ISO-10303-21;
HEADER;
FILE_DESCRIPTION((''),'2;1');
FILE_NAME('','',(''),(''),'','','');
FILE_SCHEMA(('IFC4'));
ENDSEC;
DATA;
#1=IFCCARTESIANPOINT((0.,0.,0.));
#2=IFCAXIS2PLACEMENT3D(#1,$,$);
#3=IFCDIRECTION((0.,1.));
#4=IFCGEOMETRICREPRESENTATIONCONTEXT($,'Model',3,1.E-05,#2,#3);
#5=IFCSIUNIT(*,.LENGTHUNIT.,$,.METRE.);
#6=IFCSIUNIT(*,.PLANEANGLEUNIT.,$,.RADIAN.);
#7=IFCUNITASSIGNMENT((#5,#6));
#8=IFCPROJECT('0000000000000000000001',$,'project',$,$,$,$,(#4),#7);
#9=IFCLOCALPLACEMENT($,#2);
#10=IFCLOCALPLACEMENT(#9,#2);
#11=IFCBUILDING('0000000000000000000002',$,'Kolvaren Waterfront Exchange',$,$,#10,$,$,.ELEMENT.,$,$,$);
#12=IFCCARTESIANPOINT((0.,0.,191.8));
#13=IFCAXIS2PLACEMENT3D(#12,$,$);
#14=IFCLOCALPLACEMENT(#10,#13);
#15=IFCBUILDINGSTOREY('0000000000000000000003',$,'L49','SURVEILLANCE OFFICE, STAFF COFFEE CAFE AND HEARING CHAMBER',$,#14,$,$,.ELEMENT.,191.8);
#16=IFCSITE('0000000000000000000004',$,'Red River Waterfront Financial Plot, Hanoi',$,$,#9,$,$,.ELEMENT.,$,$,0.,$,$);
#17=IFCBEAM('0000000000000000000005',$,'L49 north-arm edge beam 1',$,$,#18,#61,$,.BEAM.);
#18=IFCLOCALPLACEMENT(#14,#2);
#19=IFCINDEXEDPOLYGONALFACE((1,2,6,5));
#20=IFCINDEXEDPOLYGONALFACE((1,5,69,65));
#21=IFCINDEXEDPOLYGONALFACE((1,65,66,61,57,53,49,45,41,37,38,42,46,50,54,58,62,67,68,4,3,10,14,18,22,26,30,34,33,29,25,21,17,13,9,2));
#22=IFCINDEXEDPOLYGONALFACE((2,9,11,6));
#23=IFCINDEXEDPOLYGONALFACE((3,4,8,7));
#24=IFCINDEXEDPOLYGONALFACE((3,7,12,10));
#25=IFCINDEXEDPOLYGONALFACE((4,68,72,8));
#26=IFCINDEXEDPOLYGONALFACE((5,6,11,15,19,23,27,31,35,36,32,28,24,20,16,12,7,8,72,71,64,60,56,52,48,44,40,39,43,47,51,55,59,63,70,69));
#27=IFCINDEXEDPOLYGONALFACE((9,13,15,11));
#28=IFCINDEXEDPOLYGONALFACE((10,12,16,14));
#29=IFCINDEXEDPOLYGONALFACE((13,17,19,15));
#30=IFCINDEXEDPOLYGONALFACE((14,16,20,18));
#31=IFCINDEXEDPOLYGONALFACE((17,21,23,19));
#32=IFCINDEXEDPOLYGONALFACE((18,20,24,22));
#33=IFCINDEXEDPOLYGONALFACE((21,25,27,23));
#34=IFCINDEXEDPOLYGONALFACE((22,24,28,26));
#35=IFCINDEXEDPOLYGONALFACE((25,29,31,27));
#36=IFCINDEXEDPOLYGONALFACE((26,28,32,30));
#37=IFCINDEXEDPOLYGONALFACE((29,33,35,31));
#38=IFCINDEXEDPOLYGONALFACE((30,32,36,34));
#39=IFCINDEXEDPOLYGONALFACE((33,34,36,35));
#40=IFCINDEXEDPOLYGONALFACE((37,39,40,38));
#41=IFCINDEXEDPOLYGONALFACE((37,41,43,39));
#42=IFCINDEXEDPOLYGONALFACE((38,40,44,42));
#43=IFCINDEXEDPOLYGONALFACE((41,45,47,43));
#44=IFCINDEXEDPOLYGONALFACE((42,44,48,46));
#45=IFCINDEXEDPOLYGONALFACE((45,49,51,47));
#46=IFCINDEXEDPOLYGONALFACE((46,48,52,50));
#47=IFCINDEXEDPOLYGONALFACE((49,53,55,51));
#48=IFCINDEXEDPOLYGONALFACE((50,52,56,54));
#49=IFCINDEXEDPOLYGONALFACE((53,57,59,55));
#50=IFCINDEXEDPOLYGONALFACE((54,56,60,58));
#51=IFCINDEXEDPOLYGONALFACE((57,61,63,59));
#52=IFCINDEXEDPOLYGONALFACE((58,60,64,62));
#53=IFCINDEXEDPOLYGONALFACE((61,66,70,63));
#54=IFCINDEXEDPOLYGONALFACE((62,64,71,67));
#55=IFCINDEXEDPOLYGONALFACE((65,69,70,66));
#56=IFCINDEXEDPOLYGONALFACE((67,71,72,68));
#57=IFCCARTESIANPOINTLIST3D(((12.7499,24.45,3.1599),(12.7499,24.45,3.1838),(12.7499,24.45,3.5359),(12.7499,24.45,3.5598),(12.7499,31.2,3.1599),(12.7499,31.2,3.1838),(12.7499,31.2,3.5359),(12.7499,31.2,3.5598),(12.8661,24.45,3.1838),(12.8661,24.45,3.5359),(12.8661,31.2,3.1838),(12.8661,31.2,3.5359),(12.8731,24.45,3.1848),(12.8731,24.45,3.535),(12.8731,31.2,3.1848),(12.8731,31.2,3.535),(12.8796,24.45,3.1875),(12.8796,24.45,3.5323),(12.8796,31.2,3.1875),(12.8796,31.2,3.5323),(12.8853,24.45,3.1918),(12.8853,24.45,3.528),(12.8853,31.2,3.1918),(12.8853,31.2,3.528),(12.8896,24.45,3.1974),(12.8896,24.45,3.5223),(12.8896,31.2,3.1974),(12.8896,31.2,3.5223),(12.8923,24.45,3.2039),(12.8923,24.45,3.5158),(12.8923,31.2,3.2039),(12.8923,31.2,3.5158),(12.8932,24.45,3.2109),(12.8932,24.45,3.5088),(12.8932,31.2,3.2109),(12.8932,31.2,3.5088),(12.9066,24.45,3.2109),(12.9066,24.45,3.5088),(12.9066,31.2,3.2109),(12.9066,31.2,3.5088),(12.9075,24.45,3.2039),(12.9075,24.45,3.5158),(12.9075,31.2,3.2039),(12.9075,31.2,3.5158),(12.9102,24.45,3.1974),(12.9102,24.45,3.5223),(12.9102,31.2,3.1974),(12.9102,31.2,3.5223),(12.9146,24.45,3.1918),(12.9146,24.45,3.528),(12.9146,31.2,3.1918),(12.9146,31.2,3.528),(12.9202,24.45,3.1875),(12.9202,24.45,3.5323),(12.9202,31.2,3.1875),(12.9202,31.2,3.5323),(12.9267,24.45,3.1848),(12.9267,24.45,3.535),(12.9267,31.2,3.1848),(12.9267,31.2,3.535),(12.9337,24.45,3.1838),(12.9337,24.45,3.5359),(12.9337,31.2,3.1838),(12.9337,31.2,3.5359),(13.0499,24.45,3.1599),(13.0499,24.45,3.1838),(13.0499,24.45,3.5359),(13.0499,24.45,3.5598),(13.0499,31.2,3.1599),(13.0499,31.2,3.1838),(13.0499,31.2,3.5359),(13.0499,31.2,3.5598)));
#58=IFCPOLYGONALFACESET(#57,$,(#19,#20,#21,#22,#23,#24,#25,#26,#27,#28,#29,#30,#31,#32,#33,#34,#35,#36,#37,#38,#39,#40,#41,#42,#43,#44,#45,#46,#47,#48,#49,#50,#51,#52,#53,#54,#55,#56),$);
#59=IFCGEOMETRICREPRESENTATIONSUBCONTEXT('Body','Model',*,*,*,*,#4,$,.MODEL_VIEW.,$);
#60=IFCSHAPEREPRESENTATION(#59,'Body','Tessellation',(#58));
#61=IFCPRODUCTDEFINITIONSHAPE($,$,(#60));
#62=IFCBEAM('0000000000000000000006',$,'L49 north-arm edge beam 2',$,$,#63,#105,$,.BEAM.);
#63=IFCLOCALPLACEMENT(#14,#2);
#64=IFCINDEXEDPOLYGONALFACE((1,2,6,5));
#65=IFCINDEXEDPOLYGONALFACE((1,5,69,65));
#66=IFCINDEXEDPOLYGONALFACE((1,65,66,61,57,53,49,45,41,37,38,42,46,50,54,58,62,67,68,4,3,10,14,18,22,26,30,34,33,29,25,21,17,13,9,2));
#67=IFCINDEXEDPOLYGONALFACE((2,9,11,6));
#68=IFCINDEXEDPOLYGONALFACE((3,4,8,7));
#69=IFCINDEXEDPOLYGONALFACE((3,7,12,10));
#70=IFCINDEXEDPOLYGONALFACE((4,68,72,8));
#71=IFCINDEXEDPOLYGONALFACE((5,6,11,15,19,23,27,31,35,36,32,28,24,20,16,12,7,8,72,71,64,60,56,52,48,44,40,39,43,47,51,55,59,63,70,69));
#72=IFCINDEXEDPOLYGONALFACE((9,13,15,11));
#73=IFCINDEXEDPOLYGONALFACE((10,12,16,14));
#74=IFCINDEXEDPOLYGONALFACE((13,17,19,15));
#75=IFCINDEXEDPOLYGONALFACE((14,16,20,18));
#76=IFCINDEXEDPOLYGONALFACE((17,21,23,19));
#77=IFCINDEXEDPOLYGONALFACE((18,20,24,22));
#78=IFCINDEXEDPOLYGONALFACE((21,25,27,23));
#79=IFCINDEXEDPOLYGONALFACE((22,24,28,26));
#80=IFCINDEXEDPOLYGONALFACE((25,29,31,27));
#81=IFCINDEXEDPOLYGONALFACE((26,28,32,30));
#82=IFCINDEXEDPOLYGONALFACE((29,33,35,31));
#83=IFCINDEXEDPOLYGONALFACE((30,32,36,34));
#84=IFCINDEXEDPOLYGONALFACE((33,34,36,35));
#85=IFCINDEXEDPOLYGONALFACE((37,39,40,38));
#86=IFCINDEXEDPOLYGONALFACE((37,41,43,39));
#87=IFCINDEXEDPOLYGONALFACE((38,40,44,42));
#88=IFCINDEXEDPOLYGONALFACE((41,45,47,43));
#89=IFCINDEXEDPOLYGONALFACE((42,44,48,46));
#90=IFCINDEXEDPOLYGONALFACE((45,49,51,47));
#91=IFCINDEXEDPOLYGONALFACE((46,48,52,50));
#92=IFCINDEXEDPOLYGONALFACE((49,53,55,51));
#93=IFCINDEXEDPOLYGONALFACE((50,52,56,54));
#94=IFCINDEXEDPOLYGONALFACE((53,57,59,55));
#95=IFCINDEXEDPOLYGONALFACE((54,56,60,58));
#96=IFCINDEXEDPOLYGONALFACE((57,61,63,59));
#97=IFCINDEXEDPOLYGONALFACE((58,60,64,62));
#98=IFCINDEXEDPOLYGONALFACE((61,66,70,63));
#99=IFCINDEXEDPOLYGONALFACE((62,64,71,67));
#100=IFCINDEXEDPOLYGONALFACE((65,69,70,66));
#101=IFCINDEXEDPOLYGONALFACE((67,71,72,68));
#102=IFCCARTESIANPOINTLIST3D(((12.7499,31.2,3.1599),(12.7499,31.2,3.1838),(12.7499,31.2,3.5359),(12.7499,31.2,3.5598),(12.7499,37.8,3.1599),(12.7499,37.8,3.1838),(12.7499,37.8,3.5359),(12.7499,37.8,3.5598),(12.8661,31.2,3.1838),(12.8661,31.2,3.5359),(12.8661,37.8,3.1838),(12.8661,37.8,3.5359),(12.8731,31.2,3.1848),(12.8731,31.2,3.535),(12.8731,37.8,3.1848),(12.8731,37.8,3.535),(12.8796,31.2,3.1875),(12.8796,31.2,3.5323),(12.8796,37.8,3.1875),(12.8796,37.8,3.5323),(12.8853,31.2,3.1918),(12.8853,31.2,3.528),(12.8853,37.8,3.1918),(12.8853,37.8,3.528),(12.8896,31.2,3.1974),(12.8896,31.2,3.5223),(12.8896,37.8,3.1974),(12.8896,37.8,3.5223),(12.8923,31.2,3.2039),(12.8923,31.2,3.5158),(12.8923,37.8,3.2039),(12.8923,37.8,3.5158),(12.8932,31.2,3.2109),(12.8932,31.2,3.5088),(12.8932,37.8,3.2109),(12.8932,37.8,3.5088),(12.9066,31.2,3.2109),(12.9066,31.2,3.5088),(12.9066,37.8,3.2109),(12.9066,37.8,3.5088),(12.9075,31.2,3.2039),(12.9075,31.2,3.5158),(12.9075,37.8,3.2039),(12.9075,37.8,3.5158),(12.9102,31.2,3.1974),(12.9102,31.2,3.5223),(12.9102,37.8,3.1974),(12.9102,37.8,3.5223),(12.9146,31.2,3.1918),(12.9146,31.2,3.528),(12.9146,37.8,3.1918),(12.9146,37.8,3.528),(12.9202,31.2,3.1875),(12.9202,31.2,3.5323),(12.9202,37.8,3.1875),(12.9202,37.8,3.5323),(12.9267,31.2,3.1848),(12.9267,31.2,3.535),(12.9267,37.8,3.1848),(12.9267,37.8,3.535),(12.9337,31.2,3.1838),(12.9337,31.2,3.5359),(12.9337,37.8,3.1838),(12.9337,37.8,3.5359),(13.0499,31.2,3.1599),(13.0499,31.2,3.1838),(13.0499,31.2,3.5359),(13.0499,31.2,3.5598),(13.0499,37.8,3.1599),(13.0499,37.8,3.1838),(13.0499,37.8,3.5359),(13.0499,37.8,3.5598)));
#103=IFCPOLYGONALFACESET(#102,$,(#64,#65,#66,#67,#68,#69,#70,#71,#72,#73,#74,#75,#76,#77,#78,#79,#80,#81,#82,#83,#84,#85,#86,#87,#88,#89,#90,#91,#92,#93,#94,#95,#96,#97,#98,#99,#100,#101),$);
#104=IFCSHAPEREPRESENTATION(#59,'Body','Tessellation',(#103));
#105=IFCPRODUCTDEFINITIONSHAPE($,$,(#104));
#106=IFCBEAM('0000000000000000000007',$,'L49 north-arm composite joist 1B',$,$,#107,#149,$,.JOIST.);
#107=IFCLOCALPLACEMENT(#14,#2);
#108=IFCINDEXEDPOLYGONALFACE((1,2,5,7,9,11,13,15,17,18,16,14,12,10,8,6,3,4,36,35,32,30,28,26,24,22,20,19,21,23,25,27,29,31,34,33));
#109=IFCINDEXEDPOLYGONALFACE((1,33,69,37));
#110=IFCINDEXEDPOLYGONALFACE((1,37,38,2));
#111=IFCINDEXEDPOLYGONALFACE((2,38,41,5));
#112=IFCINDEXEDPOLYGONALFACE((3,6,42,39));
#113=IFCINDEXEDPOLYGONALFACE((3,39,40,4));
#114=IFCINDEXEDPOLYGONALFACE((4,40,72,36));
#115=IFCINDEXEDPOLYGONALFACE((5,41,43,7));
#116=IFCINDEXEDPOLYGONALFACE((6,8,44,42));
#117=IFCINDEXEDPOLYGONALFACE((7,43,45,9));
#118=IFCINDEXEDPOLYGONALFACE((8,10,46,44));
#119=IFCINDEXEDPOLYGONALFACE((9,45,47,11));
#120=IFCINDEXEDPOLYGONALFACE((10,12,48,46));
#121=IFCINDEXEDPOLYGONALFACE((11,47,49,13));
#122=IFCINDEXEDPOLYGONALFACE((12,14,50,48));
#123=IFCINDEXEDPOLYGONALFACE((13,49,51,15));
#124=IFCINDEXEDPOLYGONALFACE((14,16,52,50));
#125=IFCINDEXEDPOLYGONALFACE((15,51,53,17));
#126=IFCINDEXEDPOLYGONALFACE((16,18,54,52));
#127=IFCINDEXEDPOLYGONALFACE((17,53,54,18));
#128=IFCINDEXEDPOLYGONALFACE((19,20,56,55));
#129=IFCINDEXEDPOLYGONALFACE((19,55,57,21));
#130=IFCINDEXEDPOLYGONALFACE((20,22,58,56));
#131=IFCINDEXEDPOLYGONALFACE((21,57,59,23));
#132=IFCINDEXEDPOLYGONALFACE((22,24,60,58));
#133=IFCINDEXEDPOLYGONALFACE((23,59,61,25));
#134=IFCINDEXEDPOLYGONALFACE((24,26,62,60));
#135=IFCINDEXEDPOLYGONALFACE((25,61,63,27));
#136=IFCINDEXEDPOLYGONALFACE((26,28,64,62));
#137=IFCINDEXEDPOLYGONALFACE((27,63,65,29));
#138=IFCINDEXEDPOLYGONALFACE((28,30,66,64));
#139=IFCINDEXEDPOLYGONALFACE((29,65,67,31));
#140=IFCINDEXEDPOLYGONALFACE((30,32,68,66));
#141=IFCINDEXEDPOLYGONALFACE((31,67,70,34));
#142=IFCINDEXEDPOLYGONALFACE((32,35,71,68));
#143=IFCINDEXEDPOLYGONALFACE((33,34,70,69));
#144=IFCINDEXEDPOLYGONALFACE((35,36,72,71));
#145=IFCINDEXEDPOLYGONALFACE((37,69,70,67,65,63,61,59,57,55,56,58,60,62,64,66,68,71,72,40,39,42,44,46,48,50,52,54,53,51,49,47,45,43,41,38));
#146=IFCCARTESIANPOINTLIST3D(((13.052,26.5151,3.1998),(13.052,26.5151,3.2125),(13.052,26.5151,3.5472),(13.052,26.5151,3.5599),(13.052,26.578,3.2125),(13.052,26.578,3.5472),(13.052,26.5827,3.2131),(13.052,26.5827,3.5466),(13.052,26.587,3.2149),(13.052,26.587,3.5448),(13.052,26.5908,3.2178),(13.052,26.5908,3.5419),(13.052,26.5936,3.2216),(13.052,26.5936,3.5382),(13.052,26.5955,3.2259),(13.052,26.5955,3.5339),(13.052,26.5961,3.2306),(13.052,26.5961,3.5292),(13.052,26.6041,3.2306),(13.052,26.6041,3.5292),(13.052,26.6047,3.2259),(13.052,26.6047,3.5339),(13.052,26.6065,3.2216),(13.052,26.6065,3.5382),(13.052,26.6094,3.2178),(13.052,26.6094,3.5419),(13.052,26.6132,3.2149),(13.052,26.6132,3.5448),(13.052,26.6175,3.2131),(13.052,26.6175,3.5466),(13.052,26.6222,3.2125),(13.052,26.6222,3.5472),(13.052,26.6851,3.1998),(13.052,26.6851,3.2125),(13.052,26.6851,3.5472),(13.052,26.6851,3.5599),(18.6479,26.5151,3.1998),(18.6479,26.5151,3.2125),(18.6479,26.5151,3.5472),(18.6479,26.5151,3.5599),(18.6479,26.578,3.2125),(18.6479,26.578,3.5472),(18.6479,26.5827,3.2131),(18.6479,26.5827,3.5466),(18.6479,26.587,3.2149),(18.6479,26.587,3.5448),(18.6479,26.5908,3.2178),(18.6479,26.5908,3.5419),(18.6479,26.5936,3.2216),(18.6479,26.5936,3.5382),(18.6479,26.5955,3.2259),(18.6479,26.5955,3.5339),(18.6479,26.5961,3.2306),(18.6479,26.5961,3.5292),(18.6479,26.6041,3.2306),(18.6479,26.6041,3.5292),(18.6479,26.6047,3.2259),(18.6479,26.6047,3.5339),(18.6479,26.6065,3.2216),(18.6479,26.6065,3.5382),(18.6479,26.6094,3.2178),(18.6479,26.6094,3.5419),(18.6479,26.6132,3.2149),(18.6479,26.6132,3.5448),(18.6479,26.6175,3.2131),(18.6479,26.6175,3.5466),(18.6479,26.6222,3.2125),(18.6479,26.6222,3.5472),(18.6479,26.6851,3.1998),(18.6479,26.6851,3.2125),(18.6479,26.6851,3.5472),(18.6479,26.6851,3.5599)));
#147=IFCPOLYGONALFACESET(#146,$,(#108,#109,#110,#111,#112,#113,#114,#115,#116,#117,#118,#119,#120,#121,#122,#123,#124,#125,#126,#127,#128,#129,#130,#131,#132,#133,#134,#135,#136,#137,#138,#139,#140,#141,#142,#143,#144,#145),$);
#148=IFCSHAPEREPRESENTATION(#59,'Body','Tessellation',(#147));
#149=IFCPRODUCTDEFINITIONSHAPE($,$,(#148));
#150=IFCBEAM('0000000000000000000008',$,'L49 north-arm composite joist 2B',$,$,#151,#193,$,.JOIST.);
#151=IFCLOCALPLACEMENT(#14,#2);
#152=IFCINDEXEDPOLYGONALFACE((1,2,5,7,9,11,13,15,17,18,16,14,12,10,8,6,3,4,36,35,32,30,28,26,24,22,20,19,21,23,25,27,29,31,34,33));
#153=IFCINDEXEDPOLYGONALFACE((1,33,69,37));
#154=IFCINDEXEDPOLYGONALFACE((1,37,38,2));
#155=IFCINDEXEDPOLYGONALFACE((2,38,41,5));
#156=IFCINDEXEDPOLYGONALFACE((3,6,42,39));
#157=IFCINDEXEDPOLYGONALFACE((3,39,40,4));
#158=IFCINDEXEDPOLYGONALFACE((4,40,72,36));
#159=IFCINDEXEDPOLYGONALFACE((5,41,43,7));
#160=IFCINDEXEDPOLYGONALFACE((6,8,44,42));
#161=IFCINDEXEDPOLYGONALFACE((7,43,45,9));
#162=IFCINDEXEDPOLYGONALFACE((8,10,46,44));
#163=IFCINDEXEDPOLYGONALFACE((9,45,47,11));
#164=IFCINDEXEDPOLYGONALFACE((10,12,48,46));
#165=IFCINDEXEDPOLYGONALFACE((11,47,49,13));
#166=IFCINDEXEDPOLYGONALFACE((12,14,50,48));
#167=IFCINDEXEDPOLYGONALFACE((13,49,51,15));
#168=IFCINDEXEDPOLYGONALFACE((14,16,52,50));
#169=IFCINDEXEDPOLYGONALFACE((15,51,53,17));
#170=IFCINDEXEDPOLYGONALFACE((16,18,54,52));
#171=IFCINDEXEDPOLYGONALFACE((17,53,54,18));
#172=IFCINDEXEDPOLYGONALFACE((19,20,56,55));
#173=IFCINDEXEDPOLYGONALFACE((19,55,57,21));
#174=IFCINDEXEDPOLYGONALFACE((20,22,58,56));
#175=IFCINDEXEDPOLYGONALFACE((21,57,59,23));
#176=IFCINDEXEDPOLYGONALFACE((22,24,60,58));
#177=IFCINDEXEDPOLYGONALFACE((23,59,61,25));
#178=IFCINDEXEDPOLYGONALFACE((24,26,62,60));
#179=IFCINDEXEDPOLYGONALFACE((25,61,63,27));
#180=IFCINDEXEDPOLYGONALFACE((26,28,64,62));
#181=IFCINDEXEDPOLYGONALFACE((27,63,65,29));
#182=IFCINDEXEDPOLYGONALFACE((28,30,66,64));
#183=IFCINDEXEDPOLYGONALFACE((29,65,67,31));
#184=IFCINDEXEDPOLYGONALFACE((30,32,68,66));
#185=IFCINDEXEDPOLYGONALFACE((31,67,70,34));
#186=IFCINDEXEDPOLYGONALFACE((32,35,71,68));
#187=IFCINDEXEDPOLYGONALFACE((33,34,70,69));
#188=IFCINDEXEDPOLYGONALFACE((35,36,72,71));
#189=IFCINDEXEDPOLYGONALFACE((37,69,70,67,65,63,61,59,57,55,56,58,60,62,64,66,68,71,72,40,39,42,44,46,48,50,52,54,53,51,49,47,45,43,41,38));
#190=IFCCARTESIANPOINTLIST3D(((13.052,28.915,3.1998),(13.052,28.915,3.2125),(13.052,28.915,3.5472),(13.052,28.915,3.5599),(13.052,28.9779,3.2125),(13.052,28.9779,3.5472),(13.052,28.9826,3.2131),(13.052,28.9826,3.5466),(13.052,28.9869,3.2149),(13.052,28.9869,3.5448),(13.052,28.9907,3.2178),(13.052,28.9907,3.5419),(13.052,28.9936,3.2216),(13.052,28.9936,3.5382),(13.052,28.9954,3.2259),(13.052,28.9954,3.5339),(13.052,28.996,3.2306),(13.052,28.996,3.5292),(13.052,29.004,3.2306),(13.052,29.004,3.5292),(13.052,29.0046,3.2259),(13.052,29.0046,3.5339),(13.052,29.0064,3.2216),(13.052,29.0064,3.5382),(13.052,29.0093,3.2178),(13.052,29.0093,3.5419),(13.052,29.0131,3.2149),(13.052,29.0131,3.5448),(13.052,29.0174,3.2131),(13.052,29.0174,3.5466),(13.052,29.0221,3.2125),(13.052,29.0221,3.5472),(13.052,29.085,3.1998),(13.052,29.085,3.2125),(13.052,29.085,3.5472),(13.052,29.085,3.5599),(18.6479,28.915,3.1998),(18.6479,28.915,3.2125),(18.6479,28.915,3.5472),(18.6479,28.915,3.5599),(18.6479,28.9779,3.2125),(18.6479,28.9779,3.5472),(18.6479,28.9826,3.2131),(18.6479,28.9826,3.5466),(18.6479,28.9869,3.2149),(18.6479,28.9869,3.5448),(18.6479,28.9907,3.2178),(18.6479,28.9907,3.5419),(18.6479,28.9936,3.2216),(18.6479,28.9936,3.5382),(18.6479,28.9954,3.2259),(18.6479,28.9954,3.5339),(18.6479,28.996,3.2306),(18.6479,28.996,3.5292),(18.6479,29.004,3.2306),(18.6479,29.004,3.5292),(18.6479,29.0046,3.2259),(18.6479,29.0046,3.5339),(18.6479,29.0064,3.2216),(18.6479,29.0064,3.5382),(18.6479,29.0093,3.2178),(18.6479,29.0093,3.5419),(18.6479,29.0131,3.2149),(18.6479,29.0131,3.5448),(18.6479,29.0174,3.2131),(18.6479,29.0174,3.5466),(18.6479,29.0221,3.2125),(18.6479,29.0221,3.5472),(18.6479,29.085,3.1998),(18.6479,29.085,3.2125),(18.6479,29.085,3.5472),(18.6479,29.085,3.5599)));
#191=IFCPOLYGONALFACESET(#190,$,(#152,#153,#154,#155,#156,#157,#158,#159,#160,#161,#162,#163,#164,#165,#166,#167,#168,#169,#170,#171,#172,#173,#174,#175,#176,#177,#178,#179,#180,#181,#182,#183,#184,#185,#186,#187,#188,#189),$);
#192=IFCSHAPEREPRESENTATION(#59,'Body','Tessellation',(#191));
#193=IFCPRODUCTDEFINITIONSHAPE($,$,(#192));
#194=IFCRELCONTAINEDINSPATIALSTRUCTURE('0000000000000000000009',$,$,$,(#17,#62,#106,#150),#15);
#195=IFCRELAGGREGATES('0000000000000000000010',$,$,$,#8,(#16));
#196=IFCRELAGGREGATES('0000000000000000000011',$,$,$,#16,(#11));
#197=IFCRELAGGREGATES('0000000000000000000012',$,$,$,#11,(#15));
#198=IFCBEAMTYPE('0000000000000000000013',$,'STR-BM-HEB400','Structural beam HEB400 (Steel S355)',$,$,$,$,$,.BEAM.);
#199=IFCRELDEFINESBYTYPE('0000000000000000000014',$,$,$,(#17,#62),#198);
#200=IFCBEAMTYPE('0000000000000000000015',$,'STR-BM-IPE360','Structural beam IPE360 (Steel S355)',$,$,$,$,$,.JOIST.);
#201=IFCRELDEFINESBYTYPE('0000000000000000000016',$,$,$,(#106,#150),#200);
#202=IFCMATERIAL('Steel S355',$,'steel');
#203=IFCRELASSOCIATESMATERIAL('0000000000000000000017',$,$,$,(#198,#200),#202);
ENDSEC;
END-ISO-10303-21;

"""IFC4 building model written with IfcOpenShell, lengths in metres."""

from ifc_helpers import new_model, si_unit, direction, frame, origin, origin_2d, place, context, subcontext, project, spatial, i_section, extrude, material, material_profile, profile_set, type_object, element, save


model = new_model("IFC4")

# Units and contexts
model_context = context("Model", 3, precision=1e-05, world=origin(), true_north=direction((0.0, 1.0)))
body_context = subcontext(model_context, "Body", "Model", "MODEL_VIEW")
ifc_project = project(units=[si_unit("LENGTHUNIT", "METRE"), si_unit("PLANEANGLEUNIT", "RADIAN")], contexts=[model_context])

# Site, building, storey
site_placement = place(None, origin())
site = spatial("IfcSite", under=ifc_project, at=site_placement, Name="Red River Waterfront Financial Plot, Hanoi", CompositionType="ELEMENT", RefElevation=0.0)
building_placement = place(site_placement, origin())
building = spatial("IfcBuilding", under=site, at=building_placement, Name="Kolvaren Waterfront Exchange", CompositionType="ELEMENT")
storey_placement = place(building_placement, frame((0.0, 0.0, 191.8)))
storey = spatial("IfcBuildingStorey", under=building, at=storey_placement, Name="L49", Description="SURVEILLANCE OFFICE, STAFF COFFEE CAFE AND HEARING CHAMBER", CompositionType="ELEMENT", Elevation=191.8)

# Beams
ifc_material_1 = material(Name="Steel S355", Category="steel")
ifc_material_profile_1 = material_profile(ifc_material_1, i_section(OverallWidth=0.3, OverallDepth=0.3999, WebThickness=0.0134, FlangeThickness=0.0239, FilletRadius=0.0271, at=origin_2d()), Name="HEB400")
ifc_profile_set_1 = profile_set([ifc_material_profile_1], Name="Steel S355")
beam_type_1 = type_object("IfcBeamType", Name="STR-BM-HEB400", Description="Structural beam HEB400 (Steel S355)", PredefinedType="BEAM", material=ifc_profile_set_1)
beam_1_placement = place(storey_placement, frame((12.8999, 24.45, 3.3599), z_axis=(0.0, 1.0, 0.0), x_axis=(-1.0, 0.0, 0.0)))
element("IfcBeam", 1, at=beam_1_placement, inside=storey, type_object=beam_type_1, Name="L49 north-arm edge beam 1", PredefinedType="BEAM", context=body_context, shape_type="SweptSolid", body=[
    extrude(i_section(OverallWidth=0.3, OverallDepth=0.3999, WebThickness=0.0134, FlangeThickness=0.0239, FilletRadius=0.0271, at=origin_2d()), origin(), (0.0, 0.0, 1.0), 6.75),
])
beam_2_placement = place(storey_placement, frame((12.8999, 31.2, 3.3599), z_axis=(0.0, 1.0, 0.0), x_axis=(-1.0, 0.0, 0.0)))
element("IfcBeam", 2, at=beam_2_placement, inside=storey, type_object=beam_type_1, Name="L49 north-arm edge beam 2", PredefinedType="BEAM", context=body_context, shape_type="SweptSolid", body=[
    extrude(i_section(OverallWidth=0.3, OverallDepth=0.3999, WebThickness=0.0134, FlangeThickness=0.0239, FilletRadius=0.0271, at=origin_2d()), origin(), (0.0, 0.0, 1.0), 6.6001),
])
ifc_material_profile_2 = material_profile(ifc_material_1, i_section(OverallWidth=0.1699, OverallDepth=0.3601, WebThickness=0.0081, FlangeThickness=0.0127, FilletRadius=0.0181, at=origin_2d()), Name="IPE360")
ifc_profile_set_2 = profile_set([ifc_material_profile_2], Name="Steel S355")
beam_type_2 = type_object("IfcBeamType", Name="STR-BM-IPE360", Description="Structural beam IPE360 (Steel S355)", PredefinedType="JOIST", material=ifc_profile_set_2)
for number, where, z_axis, x_axis, name in (
    (3, (13.052, 26.6001, 3.3799), (1.0, 0.0, 0.0), (0.0, 1.0, 0.0), "L49 north-arm composite joist 1B"),
    (4, (13.052, 29.0, 3.3799), (1.0, 0.0, 0.0), (0.0, 1.0, 0.0), "L49 north-arm composite joist 2B"),
):
    element("IfcBeam", number, at=place(storey_placement, frame(where, z_axis=z_axis, x_axis=x_axis)), inside=storey, type_object=beam_type_2, Name=name, PredefinedType="JOIST", context=body_context, shape_type="SweptSolid", body=[
        extrude(i_section(OverallWidth=0.1699, OverallDepth=0.3601, WebThickness=0.0081, FlangeThickness=0.0127, FilletRadius=0.0181, at=origin_2d()), origin(), (0.0, 0.0, 1.0), 5.5959),
    ])

save(model, "model.ifc")
